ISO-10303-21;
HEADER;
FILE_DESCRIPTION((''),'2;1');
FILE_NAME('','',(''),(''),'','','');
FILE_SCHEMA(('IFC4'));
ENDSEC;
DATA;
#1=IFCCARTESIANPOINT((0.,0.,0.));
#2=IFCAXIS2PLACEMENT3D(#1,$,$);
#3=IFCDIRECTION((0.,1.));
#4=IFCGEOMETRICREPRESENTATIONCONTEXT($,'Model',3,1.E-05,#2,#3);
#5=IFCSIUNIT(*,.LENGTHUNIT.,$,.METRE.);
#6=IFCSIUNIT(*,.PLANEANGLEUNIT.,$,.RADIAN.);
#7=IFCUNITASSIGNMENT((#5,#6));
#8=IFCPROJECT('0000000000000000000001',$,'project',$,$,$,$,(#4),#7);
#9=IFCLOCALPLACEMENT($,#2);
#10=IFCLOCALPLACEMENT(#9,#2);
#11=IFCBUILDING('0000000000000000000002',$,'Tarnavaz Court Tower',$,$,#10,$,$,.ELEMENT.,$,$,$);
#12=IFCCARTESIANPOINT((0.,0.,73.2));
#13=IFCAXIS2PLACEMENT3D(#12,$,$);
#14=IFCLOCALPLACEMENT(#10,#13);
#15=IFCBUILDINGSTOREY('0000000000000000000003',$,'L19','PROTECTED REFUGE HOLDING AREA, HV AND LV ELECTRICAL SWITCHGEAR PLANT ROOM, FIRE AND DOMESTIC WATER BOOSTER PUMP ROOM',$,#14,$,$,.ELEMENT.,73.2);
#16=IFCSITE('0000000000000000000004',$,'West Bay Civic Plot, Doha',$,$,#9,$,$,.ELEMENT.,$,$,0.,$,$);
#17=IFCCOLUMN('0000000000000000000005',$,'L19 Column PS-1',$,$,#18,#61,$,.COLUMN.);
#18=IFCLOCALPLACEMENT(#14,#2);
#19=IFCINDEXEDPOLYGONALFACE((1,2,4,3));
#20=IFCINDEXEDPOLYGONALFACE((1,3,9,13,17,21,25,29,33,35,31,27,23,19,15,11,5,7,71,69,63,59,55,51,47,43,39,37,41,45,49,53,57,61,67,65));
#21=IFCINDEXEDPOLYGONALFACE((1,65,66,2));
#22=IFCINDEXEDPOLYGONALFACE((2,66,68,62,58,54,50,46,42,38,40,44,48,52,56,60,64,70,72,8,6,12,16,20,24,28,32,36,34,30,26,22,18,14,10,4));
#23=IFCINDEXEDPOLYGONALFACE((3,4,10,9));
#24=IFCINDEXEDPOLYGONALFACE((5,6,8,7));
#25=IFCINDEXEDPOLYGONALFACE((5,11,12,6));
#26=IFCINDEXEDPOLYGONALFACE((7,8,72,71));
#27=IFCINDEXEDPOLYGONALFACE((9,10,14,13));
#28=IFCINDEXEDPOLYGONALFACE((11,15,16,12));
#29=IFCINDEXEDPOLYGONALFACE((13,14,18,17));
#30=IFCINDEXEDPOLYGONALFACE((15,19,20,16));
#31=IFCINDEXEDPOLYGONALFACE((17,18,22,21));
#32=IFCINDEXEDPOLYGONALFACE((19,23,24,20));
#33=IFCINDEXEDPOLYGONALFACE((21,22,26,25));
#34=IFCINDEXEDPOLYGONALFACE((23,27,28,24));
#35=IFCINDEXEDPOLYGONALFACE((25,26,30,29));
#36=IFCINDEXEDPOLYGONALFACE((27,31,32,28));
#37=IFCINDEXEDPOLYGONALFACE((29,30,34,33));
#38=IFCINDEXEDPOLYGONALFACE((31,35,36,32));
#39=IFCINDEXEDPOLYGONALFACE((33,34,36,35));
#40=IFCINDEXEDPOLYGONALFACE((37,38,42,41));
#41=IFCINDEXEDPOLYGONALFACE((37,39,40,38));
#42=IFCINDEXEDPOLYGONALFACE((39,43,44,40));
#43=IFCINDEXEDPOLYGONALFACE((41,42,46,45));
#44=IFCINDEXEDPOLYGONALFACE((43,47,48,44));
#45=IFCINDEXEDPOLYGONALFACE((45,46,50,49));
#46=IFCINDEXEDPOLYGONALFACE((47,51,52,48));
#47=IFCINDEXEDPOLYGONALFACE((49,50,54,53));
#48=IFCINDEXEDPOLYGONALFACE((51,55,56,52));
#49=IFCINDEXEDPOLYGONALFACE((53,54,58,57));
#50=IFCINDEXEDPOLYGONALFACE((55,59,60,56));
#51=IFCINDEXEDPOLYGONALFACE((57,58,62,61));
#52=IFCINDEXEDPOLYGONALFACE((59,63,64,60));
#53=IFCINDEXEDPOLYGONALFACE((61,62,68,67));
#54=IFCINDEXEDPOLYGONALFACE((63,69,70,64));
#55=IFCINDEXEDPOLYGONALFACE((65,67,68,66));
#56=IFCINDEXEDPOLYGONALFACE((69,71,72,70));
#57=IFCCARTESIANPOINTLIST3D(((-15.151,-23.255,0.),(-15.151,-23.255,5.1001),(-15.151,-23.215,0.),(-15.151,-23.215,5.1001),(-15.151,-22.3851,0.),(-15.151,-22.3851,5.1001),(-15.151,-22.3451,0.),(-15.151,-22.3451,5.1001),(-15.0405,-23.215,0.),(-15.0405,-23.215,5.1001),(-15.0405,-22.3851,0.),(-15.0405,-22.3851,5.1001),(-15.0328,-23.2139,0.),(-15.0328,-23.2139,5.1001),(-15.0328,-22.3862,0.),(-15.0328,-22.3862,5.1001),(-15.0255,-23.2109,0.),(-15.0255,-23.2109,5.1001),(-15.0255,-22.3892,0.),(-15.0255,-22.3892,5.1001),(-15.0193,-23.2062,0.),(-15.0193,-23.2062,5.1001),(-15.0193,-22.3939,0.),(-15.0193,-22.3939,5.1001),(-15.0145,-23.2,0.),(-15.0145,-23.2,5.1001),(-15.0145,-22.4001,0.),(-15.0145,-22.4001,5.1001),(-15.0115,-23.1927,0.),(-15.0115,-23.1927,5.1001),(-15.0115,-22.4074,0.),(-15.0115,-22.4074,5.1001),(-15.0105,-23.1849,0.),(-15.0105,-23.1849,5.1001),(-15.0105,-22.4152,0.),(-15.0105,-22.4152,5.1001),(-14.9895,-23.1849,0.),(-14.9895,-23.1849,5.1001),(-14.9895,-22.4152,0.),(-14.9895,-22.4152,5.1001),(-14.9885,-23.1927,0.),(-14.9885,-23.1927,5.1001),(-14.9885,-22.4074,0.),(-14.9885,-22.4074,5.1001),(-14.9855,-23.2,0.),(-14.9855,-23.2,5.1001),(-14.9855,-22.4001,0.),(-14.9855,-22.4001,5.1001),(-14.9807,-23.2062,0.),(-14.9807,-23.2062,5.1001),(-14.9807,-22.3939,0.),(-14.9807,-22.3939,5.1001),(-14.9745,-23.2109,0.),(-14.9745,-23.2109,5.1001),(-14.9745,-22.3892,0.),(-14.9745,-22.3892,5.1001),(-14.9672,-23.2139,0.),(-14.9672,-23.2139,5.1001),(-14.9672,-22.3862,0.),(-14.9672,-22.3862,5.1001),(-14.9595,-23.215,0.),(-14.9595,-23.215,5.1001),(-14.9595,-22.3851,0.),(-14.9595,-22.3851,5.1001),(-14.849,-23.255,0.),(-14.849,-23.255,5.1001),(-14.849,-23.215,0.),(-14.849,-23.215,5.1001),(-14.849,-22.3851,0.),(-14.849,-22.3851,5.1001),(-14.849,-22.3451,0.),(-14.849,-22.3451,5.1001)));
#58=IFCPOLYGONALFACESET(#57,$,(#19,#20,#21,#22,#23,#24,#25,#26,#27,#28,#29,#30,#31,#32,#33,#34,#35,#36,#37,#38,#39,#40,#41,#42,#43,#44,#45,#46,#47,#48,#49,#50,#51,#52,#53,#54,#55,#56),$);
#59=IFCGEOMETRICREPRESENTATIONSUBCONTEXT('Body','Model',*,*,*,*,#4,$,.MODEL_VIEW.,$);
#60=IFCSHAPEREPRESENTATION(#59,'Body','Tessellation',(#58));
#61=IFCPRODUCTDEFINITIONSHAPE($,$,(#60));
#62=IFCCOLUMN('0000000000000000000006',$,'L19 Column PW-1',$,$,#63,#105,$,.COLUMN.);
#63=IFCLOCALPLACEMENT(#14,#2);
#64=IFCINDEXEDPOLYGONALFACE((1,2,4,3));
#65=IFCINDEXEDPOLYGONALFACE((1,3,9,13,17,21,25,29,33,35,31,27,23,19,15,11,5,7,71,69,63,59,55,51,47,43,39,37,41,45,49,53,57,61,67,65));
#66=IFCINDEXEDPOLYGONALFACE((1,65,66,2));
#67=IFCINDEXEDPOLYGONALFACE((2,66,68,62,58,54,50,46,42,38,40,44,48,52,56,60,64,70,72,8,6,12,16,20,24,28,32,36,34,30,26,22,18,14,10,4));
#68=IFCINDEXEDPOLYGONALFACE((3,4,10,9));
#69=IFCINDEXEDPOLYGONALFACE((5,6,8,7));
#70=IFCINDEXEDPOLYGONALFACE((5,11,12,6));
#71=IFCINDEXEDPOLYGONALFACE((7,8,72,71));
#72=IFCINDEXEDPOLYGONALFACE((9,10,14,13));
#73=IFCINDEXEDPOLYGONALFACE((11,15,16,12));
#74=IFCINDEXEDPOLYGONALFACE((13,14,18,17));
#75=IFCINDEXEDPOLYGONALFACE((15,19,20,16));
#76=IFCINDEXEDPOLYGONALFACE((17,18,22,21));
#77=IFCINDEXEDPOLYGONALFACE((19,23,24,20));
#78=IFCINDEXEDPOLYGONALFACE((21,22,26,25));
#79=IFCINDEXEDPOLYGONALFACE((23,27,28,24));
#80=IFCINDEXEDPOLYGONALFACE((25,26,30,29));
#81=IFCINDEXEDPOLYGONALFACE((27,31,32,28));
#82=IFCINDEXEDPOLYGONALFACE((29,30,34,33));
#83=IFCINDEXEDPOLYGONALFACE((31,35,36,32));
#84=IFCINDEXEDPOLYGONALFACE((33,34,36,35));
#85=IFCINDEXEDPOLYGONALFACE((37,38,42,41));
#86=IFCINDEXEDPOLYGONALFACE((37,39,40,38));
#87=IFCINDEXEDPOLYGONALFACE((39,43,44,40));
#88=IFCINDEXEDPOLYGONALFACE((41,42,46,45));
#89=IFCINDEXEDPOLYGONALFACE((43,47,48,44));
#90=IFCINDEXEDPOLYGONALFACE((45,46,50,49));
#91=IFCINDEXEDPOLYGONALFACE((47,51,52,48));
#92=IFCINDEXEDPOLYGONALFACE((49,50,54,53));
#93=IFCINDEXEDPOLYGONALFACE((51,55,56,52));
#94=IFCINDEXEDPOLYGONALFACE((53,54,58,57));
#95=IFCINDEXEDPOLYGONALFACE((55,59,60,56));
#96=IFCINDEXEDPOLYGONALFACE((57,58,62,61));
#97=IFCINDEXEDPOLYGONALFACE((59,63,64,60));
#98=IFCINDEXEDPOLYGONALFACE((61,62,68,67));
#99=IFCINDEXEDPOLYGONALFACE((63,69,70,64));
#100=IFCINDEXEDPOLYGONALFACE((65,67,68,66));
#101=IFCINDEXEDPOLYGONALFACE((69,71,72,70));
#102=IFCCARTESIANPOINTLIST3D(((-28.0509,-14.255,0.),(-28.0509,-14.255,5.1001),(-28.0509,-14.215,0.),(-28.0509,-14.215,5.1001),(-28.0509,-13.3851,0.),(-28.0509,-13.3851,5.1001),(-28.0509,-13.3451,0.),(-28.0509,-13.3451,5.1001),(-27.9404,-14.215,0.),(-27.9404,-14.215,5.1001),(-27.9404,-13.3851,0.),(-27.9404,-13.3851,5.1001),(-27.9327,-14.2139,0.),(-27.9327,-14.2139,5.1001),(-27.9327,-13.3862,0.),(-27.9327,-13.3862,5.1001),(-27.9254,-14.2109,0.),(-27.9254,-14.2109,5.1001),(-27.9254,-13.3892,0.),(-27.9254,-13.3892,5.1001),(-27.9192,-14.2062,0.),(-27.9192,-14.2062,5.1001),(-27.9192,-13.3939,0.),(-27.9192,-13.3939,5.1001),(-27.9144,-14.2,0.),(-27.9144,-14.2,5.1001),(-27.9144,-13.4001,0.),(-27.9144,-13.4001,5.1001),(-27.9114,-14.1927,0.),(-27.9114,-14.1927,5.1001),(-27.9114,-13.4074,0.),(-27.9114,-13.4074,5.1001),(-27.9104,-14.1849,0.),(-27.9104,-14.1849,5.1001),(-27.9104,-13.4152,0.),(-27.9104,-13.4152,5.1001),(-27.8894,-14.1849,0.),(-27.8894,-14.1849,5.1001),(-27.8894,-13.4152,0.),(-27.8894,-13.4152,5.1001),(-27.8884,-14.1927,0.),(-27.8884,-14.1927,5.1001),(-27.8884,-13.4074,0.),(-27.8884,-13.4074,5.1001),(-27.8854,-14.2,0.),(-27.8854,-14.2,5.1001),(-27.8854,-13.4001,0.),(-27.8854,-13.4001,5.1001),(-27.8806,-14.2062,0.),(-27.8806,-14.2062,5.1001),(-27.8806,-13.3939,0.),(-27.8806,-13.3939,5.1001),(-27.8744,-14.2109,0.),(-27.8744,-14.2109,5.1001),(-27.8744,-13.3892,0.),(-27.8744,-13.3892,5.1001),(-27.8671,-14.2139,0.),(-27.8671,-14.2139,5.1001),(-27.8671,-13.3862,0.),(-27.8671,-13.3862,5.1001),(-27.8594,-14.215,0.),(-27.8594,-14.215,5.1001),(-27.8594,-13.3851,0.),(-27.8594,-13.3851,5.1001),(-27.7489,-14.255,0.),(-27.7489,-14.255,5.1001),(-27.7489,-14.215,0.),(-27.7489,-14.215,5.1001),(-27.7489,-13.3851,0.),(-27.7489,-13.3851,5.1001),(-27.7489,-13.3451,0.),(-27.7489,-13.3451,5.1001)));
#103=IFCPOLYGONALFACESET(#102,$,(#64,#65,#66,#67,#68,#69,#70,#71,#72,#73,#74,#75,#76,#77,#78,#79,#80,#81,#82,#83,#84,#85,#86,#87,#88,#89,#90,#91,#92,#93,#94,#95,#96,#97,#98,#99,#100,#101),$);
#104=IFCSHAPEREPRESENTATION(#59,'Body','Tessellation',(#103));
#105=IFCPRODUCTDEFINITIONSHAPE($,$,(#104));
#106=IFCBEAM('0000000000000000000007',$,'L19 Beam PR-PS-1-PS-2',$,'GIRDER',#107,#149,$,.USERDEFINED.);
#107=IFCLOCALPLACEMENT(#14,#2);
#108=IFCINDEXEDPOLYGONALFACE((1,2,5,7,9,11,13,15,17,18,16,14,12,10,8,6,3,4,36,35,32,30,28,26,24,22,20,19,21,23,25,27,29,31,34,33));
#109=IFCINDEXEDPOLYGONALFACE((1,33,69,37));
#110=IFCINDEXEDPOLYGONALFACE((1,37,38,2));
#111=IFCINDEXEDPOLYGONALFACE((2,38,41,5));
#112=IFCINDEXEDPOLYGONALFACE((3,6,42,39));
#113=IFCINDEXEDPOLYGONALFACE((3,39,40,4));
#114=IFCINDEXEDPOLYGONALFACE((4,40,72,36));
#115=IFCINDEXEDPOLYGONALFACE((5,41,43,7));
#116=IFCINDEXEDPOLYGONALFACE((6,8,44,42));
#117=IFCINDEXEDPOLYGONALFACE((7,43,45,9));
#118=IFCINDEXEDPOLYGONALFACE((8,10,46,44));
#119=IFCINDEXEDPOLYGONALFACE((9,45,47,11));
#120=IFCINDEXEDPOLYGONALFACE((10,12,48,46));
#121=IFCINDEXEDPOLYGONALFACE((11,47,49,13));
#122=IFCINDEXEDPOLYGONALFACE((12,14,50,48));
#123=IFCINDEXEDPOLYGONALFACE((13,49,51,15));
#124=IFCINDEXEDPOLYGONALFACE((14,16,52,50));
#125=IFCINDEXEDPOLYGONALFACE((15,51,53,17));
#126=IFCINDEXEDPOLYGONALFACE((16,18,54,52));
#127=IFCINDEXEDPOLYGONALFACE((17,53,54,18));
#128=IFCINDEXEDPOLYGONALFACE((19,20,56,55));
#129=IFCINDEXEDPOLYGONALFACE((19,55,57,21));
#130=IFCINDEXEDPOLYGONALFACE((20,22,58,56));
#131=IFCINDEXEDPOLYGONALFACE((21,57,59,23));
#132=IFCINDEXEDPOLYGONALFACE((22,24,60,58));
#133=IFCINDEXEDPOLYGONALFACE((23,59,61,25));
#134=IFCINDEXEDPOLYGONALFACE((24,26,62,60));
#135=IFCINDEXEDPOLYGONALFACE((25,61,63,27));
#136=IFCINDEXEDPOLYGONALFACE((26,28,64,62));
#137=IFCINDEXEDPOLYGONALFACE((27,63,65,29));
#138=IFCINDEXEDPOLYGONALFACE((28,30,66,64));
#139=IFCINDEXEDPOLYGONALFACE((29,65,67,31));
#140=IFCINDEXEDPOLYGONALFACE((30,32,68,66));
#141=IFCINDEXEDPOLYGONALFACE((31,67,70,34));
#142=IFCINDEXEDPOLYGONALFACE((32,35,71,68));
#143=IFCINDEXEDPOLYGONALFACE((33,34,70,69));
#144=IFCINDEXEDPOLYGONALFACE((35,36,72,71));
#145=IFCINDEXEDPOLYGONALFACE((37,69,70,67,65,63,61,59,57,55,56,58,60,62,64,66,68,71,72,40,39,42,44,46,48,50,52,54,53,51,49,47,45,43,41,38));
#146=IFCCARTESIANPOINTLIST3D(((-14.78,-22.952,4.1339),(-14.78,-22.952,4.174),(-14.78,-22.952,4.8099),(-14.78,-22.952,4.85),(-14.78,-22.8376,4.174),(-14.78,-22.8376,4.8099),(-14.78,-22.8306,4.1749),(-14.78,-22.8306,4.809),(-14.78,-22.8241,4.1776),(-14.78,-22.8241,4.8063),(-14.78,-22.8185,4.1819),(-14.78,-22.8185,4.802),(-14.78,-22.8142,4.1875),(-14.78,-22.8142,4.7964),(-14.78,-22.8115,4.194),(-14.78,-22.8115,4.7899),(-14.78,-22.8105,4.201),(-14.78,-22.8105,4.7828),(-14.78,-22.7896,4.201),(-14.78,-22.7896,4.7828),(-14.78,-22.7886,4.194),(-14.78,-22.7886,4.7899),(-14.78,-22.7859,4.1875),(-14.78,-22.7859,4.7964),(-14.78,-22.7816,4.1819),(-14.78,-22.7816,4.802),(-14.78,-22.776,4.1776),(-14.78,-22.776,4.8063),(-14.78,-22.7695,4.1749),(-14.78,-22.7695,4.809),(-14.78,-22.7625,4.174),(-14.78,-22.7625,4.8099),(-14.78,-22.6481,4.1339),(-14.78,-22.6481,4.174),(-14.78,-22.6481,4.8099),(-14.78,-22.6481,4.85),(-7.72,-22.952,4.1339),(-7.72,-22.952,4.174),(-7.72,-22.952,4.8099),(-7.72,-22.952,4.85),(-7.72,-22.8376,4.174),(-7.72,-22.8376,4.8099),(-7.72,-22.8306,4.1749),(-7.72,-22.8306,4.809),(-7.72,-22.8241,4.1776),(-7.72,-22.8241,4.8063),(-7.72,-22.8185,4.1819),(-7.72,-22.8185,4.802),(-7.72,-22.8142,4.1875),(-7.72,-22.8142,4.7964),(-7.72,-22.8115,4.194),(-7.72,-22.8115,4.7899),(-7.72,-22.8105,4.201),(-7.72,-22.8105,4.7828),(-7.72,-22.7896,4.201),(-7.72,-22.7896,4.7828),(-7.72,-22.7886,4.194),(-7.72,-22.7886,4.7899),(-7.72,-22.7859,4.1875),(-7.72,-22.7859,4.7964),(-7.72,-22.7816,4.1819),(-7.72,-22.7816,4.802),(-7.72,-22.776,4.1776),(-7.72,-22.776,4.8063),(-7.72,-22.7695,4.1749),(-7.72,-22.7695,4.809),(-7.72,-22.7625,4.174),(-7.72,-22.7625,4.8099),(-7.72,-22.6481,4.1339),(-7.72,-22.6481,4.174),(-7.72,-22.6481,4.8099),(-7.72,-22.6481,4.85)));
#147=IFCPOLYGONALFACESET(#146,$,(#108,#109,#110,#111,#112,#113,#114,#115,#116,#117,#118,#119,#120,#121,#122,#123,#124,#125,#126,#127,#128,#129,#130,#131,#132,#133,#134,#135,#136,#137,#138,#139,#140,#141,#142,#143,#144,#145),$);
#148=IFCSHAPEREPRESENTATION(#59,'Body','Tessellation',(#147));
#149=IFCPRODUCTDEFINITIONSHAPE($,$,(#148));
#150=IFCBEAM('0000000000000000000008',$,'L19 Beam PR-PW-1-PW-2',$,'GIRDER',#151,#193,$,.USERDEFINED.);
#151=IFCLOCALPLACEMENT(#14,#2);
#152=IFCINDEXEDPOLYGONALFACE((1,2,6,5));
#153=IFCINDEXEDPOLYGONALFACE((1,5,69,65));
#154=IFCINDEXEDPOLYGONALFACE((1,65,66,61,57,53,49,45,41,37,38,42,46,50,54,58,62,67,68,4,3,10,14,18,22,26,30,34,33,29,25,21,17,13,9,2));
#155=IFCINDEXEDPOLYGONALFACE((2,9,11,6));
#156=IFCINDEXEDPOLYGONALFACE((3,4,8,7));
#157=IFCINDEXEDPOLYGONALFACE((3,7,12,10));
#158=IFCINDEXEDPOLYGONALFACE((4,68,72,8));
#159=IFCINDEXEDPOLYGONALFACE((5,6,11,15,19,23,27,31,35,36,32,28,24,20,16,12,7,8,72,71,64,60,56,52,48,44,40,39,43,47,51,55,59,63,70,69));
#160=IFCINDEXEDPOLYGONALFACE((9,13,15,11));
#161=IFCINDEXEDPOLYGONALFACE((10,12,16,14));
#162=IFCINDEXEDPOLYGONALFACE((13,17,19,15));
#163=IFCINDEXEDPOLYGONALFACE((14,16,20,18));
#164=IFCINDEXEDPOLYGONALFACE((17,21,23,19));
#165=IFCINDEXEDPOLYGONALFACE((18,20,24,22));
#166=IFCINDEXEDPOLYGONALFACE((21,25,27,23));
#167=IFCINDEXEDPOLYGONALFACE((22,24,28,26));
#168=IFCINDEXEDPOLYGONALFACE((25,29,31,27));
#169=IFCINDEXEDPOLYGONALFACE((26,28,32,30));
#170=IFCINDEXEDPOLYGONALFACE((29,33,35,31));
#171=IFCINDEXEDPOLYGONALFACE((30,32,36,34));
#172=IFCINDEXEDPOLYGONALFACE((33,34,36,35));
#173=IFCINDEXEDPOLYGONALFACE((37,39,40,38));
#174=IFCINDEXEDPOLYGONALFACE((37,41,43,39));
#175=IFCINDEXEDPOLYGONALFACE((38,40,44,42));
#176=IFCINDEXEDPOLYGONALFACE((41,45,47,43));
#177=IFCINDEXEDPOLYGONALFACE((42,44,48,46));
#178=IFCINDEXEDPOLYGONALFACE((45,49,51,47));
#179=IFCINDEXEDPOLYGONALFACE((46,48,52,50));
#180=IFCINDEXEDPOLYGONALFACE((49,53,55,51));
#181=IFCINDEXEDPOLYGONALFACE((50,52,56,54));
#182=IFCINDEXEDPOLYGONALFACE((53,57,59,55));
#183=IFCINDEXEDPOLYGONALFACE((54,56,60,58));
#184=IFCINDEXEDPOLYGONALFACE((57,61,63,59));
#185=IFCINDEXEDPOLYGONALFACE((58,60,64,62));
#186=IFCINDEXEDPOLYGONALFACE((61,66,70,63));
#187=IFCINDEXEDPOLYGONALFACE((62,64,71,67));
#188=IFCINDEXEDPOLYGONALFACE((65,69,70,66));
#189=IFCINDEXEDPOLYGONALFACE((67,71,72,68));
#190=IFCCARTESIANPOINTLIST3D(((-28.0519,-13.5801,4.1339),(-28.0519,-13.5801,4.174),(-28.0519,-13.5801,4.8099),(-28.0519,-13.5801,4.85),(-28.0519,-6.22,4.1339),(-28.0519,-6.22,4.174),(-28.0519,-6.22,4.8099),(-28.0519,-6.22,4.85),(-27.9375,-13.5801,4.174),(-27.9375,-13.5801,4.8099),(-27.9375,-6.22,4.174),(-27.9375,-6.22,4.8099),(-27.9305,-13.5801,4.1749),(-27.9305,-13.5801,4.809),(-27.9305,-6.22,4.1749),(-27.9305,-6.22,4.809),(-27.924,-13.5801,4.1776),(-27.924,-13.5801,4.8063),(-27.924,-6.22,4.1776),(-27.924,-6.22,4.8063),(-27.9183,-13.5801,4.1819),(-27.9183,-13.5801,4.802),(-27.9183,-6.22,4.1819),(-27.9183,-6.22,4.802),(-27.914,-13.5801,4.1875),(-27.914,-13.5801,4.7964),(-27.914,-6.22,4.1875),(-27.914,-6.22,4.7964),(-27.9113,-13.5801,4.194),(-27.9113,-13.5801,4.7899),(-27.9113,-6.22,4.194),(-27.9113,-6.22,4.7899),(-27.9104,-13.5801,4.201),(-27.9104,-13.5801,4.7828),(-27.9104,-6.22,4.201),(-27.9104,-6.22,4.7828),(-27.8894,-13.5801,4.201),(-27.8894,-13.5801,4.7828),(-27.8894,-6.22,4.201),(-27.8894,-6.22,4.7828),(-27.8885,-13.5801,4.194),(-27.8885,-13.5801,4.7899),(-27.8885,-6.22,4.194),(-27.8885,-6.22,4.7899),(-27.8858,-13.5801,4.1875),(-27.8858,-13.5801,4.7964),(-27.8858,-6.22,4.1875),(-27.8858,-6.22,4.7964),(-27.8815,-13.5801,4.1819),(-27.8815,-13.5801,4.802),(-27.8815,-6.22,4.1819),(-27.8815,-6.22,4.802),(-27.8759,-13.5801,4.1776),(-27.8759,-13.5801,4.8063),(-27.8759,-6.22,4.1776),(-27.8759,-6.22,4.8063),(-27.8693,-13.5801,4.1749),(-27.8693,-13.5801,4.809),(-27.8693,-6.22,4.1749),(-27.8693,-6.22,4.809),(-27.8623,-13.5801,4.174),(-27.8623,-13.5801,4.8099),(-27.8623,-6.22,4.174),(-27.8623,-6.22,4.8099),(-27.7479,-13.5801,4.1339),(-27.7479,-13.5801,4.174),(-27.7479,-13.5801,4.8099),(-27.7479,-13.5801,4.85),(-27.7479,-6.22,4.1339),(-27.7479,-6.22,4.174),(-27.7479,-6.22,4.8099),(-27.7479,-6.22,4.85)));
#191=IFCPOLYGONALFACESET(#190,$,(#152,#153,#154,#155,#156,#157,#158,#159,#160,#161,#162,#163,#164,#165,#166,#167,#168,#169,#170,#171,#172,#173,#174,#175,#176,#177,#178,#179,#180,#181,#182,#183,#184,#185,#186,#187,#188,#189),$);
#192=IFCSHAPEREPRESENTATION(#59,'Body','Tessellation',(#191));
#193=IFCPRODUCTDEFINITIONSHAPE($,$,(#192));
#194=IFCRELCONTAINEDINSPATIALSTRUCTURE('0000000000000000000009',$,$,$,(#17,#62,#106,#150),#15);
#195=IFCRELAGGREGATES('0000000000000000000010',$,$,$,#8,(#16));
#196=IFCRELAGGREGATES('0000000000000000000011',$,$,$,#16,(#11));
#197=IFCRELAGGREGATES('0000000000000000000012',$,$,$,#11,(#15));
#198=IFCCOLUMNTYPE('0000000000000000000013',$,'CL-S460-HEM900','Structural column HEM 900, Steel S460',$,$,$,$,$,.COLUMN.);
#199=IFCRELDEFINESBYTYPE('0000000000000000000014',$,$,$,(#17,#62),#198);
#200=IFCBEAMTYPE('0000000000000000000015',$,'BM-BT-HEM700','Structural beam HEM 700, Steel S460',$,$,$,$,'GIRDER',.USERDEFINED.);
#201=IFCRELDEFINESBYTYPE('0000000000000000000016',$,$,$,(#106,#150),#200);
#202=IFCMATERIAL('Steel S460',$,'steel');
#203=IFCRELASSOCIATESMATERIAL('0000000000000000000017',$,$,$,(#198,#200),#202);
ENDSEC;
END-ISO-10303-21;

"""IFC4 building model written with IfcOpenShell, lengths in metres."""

from ifc_helpers import new_model, si_unit, direction, frame, origin, origin_2d, place, context, subcontext, project, spatial, i_section, extrude, material, material_profile, profile_set, type_object, element, save


model = new_model("IFC4")

# Units and contexts
model_context = context("Model", 3, precision=1e-05, world=origin(), true_north=direction((0.0, 1.0)))
body_context = subcontext(model_context, "Body", "Model", "MODEL_VIEW")
ifc_project = project(units=[si_unit("LENGTHUNIT", "METRE"), si_unit("PLANEANGLEUNIT", "RADIAN")], contexts=[model_context])

# Site, building, storey
site_placement = place(None, origin())
site = spatial("IfcSite", under=ifc_project, at=site_placement, Name="West Bay Civic Plot, Doha", CompositionType="ELEMENT", RefElevation=0.0)
building_placement = place(site_placement, origin())
building = spatial("IfcBuilding", under=site, at=building_placement, Name="Tarnavaz Court Tower", CompositionType="ELEMENT")
storey_placement = place(building_placement, frame((0.0, 0.0, 73.2)))
storey = spatial("IfcBuildingStorey", under=building, at=storey_placement, Name="L19", Description="PROTECTED REFUGE HOLDING AREA, HV AND LV ELECTRICAL SWITCHGEAR PLANT ROOM, FIRE AND DOMESTIC WATER BOOSTER PUMP ROOM", CompositionType="ELEMENT", Elevation=73.2)

# Columns
ifc_material_1 = material(Name="Steel S460", Category="steel")
ifc_material_profile_1 = material_profile(ifc_material_1, i_section(OverallWidth=0.302, OverallDepth=0.9099, WebThickness=0.021, FlangeThickness=0.04, FilletRadius=0.03, at=origin_2d()), Name="HEM 900")
ifc_profile_set_1 = profile_set([ifc_material_profile_1], Name="Steel S460")
column_type = type_object("IfcColumnType", Name="CL-S460-HEM900", Description="Structural column HEM 900, Steel S460", PredefinedType="COLUMN", material=ifc_profile_set_1)
for number, where, z_axis, x_axis, name in (
    (1, (-15.0, -22.8, 0.0), (0.0, 0.0, 1.0), (1.0, 0.0, 0.0), "L19 Column PS-1"),
    (2, (-27.8999, -13.8, 0.0), (0.0, 0.0, 1.0), (1.0, 0.0, 0.0), "L19 Column PW-1"),
):
    element("IfcColumn", number, at=place(storey_placement, frame(where, z_axis=z_axis, x_axis=x_axis)), inside=storey, type_object=column_type, Name=name, PredefinedType="COLUMN", context=body_context, shape_type="SweptSolid", body=[
        extrude(i_section(OverallWidth=0.302, OverallDepth=0.9099, WebThickness=0.021, FlangeThickness=0.04, FilletRadius=0.03, at=origin_2d()), origin(), (0.0, 0.0, 1.0), 5.1001),
    ])

# Beams
ifc_material_profile_2 = material_profile(ifc_material_1, i_section(OverallWidth=0.304, OverallDepth=0.7161, WebThickness=0.021, FlangeThickness=0.04, FilletRadius=0.0271, at=origin_2d()), Name="HEM 700")
ifc_profile_set_2 = profile_set([ifc_material_profile_2], Name="Steel S460")
beam_type_1 = type_object("IfcBeamType", Name="BM-BT-HEM700", Description="Structural beam HEM 700, Steel S460", ElementType="GIRDER", PredefinedType="USERDEFINED", material=ifc_profile_set_2)
beam_1_placement = place(storey_placement, frame((-14.78, -22.8, 4.4919), z_axis=(1.0, 0.0, 0.0), x_axis=(0.0, 1.0, 0.0)))
element("IfcBeam", 3, at=beam_1_placement, inside=storey, type_object=beam_type_1, Name="L19 Beam PR-PS-1-PS-2", ObjectType="GIRDER", PredefinedType="USERDEFINED", context=body_context, shape_type="SweptSolid", body=[
    extrude(i_section(OverallWidth=0.304, OverallDepth=0.7161, WebThickness=0.021, FlangeThickness=0.04, FilletRadius=0.0271, at=origin_2d()), origin(), (0.0, 0.0, 1.0), 7.0601),
])
beam_2_placement = place(storey_placement, frame((-27.8999, -13.5801, 4.4919), z_axis=(0.0, 1.0, 0.0), x_axis=(-1.0, 0.0, 0.0)))
element("IfcBeam", 4, at=beam_2_placement, inside=storey, type_object=beam_type_1, Name="L19 Beam PR-PW-1-PW-2", ObjectType="GIRDER", PredefinedType="USERDEFINED", context=body_context, shape_type="SweptSolid", body=[
    extrude(i_section(OverallWidth=0.304, OverallDepth=0.7161, WebThickness=0.021, FlangeThickness=0.04, FilletRadius=0.0271, at=origin_2d()), origin(), (0.0, 0.0, 1.0), 7.3601),
])

save(model, "model.ifc")
